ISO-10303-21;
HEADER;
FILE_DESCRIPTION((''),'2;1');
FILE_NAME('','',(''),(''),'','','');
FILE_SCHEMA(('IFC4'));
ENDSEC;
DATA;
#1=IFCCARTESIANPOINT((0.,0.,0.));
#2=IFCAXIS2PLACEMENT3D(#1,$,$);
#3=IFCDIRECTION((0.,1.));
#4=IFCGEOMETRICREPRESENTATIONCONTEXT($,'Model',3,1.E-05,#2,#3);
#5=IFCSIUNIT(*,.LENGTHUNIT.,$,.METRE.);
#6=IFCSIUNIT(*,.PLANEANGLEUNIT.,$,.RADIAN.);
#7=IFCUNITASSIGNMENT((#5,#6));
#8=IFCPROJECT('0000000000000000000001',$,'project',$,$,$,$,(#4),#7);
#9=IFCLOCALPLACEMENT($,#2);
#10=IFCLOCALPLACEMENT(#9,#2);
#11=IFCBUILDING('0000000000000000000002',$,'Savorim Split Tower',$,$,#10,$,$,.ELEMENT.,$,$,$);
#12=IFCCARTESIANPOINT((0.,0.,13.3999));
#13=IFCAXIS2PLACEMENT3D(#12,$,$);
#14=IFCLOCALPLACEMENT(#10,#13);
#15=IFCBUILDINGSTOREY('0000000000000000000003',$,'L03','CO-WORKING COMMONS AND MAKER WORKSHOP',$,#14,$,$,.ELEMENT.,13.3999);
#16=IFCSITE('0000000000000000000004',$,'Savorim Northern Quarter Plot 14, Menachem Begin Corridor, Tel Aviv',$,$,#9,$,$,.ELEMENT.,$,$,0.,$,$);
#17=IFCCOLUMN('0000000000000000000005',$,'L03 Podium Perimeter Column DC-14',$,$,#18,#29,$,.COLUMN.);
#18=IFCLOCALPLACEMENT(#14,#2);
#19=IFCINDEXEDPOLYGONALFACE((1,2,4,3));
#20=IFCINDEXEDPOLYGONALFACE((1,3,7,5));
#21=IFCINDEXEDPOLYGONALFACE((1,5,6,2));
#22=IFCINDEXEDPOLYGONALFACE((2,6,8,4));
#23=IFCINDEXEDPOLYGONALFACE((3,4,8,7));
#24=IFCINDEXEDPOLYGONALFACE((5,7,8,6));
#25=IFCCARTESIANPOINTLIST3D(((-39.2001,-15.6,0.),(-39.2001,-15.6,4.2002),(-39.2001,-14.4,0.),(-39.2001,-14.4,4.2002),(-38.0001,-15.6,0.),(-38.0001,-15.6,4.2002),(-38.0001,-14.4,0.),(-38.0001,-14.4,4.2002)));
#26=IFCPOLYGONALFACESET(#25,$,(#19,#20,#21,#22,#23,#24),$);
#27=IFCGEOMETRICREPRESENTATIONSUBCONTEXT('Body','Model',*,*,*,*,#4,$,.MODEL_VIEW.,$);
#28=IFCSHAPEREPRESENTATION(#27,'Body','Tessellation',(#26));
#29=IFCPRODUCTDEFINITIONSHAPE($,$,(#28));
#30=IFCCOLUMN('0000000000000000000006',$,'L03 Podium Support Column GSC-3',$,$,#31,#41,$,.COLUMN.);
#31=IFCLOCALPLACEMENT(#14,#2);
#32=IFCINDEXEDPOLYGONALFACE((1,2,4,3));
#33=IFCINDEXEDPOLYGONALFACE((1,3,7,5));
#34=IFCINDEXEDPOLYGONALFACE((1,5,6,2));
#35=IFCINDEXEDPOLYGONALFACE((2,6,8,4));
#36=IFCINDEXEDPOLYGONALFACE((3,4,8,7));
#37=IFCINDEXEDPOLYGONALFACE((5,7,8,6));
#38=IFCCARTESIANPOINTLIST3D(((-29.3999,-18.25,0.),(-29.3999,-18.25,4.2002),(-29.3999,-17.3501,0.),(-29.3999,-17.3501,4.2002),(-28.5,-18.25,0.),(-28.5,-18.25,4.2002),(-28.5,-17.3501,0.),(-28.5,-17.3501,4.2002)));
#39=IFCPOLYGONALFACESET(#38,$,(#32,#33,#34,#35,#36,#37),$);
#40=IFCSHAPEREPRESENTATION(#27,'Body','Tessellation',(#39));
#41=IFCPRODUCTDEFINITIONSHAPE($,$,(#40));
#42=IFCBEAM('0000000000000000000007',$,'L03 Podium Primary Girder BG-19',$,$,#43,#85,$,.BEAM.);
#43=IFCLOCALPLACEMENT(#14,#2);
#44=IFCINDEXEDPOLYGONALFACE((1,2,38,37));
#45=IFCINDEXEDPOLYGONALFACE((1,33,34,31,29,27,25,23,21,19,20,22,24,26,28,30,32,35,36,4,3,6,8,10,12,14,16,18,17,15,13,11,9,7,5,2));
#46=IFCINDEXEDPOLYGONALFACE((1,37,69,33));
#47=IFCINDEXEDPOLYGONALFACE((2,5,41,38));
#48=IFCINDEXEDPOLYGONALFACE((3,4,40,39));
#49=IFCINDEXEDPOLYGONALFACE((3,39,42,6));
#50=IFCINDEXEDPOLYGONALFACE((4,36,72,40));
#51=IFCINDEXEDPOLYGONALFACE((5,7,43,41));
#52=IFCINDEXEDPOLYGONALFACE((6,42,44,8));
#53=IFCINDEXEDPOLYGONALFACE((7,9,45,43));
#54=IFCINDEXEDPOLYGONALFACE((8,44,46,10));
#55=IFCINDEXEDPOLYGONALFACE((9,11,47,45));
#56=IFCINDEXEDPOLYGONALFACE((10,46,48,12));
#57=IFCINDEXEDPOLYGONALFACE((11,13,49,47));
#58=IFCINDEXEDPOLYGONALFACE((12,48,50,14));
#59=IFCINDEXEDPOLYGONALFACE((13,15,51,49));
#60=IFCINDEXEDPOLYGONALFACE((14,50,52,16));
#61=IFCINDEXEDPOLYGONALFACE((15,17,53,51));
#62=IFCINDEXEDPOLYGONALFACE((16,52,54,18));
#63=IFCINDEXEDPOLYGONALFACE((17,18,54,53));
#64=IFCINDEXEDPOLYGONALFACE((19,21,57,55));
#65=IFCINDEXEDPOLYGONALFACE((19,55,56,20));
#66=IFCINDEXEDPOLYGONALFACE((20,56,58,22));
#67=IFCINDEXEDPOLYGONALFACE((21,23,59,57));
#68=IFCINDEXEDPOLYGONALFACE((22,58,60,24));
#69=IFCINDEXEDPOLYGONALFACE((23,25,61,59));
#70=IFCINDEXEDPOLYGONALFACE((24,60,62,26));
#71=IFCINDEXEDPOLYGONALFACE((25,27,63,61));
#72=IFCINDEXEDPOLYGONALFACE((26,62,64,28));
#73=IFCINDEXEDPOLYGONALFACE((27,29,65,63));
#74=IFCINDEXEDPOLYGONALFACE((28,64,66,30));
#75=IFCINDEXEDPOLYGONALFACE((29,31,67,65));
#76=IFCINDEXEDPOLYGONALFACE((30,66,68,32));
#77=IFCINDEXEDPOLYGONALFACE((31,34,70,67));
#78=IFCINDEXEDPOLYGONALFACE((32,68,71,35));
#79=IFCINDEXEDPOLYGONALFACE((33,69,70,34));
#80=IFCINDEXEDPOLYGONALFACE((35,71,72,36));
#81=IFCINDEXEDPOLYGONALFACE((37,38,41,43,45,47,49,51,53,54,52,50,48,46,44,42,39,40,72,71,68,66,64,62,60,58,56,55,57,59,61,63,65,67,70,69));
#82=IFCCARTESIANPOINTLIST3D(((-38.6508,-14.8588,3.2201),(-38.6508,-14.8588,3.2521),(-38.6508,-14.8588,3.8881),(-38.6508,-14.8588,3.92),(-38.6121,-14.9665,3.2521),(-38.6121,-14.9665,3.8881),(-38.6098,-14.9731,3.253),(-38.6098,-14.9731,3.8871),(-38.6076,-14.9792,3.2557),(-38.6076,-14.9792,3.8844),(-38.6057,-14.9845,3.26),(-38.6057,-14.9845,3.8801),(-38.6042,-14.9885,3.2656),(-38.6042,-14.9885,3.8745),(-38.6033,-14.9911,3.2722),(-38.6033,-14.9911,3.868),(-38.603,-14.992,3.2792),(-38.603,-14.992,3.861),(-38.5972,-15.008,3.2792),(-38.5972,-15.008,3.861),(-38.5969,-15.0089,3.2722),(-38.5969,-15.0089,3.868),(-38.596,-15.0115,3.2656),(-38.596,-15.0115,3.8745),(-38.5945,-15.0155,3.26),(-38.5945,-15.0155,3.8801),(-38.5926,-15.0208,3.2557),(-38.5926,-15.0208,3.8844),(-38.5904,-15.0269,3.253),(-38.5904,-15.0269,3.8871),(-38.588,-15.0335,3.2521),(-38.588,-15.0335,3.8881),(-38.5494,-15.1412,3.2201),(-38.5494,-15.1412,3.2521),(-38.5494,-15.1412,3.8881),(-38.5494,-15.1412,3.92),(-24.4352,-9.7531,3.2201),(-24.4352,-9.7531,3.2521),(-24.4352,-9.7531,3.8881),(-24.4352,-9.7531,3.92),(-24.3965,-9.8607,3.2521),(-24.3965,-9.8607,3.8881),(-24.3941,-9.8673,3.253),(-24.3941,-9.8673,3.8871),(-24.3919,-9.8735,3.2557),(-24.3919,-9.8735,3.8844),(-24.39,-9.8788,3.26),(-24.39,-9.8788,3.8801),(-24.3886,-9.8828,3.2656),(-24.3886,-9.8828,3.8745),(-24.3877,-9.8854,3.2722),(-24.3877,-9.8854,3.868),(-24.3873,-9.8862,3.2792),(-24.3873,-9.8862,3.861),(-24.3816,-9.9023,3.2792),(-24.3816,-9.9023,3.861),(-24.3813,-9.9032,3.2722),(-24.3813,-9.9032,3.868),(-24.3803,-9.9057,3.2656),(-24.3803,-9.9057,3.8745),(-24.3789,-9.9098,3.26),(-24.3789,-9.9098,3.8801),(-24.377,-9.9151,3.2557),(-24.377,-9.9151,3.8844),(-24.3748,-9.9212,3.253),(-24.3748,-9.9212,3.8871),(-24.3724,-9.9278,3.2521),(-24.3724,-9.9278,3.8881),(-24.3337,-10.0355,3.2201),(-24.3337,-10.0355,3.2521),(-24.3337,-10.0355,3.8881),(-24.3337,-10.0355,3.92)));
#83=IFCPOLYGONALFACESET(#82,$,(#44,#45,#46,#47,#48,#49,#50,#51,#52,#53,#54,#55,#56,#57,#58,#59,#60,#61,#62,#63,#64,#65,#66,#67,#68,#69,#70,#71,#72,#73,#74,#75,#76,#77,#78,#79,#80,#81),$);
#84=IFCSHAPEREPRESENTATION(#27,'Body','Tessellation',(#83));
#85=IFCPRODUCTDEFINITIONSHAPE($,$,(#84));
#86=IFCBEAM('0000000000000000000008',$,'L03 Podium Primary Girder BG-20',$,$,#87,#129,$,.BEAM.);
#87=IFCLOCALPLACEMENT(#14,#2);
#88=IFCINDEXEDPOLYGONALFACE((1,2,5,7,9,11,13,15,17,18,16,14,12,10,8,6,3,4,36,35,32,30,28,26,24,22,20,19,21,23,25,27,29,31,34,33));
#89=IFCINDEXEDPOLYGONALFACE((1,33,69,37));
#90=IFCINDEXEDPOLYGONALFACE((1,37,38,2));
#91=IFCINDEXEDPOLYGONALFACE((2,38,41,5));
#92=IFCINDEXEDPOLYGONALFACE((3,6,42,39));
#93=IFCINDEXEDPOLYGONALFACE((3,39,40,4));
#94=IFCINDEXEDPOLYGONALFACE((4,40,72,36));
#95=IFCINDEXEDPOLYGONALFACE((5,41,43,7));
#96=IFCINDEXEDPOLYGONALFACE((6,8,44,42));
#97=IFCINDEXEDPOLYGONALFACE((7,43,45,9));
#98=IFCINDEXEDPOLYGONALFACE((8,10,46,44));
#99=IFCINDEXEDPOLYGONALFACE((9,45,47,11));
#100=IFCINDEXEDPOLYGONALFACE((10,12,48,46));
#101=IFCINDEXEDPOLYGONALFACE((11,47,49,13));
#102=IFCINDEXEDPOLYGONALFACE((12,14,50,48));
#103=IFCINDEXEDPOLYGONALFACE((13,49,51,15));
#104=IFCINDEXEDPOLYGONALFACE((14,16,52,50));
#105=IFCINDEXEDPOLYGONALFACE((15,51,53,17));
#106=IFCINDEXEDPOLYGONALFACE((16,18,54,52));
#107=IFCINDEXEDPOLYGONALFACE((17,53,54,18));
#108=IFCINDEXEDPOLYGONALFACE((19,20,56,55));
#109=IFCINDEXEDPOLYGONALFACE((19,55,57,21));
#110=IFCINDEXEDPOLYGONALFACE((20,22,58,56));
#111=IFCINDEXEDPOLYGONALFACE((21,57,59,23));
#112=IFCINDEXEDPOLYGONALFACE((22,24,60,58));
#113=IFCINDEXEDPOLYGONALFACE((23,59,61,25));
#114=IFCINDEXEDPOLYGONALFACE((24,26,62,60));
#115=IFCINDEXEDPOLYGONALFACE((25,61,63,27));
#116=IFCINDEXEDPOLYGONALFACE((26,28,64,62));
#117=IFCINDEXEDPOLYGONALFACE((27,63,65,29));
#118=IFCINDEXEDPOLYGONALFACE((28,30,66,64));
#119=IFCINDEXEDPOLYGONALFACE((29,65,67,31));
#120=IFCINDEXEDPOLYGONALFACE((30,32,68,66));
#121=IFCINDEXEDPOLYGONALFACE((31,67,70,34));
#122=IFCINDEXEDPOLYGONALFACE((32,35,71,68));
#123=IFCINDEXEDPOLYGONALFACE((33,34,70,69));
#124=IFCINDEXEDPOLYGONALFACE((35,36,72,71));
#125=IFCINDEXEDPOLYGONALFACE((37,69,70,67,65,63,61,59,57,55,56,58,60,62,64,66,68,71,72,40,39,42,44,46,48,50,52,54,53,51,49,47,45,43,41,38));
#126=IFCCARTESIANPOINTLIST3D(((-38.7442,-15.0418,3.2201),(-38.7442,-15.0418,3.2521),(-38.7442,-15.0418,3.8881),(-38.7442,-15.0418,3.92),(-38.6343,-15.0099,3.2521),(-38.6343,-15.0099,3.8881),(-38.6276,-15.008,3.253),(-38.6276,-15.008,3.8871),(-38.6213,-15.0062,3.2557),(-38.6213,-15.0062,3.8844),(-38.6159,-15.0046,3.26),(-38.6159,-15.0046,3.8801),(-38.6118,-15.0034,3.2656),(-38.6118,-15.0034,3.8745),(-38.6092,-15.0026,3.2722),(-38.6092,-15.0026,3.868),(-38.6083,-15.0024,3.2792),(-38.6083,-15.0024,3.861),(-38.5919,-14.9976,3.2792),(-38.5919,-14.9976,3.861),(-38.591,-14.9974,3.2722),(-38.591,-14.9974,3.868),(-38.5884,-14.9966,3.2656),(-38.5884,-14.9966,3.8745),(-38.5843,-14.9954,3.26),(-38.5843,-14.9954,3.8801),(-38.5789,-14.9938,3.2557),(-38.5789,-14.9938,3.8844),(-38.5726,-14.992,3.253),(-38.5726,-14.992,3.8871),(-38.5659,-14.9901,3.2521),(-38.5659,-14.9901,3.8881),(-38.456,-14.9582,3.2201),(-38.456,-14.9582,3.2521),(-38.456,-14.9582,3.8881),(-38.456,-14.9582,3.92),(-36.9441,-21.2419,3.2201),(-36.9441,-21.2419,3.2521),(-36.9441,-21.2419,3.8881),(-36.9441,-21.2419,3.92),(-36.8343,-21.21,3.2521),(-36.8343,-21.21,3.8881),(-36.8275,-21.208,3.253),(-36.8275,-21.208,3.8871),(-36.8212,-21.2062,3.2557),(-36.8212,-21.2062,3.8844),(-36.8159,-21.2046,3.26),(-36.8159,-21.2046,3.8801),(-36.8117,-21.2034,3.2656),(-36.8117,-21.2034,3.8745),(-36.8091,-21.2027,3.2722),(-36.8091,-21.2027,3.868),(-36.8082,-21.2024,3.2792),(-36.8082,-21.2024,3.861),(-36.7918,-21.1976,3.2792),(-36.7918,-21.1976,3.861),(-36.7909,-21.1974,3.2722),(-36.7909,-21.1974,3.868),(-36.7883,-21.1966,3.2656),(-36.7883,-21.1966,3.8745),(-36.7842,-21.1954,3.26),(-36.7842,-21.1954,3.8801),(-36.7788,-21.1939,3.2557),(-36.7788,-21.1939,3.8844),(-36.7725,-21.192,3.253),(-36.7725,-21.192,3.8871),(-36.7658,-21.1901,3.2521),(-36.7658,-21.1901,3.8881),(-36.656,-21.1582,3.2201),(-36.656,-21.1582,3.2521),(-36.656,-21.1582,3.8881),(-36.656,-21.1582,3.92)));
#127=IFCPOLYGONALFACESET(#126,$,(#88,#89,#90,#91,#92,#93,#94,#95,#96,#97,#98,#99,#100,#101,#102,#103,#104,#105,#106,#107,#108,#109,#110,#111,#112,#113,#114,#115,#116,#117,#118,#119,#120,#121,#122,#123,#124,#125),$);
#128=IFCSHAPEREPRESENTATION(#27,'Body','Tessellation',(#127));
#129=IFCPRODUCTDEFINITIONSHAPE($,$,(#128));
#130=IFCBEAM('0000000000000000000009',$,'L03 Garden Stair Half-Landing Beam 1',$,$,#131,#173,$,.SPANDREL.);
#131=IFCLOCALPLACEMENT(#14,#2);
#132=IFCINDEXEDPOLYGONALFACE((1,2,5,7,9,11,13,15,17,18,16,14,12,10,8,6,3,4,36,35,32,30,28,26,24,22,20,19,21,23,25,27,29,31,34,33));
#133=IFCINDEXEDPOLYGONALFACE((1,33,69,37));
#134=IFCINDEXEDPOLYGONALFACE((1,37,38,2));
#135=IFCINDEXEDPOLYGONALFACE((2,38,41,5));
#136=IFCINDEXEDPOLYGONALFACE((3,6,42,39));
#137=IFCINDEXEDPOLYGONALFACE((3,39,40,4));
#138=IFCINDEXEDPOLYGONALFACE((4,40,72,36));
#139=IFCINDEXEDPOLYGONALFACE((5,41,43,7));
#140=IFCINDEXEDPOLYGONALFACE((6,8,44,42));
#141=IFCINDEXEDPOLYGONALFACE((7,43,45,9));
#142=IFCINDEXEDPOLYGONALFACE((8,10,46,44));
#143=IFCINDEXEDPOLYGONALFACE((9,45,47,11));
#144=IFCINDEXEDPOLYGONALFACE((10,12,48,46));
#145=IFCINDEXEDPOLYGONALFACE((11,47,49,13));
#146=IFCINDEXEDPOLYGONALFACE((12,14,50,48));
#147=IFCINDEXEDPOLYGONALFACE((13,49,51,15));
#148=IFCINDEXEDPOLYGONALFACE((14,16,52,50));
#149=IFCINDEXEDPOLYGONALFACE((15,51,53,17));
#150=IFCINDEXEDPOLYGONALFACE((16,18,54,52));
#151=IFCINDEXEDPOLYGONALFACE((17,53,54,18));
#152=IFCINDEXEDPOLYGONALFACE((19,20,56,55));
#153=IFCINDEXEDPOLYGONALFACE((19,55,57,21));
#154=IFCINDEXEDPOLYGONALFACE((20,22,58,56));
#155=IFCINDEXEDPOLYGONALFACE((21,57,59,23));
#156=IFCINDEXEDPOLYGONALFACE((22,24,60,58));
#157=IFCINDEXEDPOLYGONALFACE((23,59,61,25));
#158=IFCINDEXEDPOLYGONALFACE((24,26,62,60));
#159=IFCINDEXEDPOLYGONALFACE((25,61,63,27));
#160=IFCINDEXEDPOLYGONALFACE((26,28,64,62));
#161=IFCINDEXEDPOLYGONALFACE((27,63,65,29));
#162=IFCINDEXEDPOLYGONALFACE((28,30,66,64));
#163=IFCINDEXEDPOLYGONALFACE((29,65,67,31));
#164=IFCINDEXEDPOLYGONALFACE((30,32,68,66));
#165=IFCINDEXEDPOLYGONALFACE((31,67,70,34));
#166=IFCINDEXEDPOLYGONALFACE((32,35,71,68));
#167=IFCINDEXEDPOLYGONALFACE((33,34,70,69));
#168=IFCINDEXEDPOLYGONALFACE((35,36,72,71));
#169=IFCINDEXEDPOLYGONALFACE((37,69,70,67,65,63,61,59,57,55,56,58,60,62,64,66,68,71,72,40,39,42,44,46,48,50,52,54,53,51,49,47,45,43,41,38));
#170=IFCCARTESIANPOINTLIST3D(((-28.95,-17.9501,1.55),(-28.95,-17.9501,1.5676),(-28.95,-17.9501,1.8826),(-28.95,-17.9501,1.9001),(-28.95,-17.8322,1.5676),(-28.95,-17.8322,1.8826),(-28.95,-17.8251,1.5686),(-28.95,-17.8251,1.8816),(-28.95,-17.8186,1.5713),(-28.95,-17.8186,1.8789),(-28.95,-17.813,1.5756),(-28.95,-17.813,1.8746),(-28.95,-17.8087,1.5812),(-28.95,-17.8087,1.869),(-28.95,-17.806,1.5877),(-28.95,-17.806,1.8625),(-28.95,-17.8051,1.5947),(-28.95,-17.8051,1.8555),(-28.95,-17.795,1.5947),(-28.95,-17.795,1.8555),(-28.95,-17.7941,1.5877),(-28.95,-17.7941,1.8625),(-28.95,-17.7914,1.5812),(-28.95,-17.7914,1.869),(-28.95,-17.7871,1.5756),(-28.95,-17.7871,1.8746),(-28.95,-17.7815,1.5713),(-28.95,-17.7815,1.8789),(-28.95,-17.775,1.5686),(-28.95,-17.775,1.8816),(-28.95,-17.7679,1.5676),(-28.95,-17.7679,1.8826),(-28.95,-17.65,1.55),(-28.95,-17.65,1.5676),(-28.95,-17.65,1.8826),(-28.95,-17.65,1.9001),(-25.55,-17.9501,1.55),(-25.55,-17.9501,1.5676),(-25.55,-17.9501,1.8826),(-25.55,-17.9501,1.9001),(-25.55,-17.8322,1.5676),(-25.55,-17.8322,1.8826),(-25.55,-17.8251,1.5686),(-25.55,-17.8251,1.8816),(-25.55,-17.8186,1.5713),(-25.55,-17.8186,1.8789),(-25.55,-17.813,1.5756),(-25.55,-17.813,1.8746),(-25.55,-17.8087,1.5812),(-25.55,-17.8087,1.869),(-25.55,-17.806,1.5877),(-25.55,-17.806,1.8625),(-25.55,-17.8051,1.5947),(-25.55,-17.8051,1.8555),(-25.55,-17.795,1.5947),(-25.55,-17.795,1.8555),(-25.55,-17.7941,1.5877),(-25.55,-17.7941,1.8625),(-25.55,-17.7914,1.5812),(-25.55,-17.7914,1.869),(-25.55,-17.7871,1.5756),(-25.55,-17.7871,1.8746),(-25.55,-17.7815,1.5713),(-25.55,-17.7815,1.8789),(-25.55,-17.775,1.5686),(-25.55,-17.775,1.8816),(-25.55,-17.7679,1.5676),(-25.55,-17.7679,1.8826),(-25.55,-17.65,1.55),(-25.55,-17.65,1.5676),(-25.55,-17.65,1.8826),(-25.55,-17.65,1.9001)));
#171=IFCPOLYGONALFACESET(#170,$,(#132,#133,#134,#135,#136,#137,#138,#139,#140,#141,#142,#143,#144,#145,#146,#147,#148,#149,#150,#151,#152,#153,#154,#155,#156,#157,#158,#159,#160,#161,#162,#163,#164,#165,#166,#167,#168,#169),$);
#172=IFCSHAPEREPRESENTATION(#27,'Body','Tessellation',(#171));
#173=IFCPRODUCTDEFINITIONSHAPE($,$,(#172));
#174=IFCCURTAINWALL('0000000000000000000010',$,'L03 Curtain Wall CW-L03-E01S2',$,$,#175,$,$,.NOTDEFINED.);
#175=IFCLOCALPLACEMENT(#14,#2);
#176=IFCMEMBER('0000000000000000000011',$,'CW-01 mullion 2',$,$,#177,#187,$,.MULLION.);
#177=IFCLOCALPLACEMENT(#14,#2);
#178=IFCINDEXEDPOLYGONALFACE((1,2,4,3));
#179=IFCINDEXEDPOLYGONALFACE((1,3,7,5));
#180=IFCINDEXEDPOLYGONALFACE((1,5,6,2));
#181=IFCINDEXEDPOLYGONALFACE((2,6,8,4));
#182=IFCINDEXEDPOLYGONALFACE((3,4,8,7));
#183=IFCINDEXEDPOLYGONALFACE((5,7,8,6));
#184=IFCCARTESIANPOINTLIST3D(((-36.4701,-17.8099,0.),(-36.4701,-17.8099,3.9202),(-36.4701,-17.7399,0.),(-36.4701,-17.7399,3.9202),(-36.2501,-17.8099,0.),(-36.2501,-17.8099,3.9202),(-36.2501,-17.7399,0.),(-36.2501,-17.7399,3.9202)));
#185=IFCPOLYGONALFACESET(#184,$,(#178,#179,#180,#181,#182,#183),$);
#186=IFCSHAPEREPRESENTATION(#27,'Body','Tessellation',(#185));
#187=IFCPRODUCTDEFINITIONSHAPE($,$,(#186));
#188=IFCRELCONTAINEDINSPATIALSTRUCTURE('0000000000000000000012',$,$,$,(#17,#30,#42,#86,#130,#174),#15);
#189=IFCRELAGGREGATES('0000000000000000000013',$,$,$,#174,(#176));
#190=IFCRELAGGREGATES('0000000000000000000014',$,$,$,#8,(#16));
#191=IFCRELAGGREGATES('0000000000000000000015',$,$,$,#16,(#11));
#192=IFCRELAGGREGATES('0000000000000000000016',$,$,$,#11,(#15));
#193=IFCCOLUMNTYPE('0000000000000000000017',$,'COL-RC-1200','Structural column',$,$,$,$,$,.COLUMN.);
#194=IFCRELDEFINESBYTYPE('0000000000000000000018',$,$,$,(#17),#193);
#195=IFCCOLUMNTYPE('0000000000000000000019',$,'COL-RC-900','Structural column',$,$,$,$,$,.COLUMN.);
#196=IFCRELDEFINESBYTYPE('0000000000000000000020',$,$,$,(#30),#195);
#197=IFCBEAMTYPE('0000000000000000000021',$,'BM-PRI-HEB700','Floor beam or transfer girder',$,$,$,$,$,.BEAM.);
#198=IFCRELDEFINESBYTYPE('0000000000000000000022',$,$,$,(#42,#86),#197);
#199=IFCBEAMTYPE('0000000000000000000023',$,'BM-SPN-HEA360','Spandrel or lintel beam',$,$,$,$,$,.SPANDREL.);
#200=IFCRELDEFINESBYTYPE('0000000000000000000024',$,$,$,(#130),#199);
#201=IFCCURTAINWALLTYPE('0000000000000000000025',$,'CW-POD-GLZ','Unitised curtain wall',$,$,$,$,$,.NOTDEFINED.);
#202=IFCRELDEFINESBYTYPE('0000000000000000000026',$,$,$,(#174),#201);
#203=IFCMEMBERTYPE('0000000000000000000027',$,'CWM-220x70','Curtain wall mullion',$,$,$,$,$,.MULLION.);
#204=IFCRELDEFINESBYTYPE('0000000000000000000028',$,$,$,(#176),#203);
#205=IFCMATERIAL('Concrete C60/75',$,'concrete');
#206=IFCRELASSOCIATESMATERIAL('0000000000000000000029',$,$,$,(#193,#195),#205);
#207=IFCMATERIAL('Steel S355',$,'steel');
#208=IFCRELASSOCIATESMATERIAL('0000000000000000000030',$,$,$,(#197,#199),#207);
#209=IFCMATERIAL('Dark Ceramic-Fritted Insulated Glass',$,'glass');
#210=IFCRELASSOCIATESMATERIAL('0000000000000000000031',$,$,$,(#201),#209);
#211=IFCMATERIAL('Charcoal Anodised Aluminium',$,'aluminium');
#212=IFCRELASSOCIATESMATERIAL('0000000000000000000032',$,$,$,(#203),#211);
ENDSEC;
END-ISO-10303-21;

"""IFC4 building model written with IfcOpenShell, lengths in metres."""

from ifc_helpers import new_model, si_unit, direction, frame, origin, origin_2d, place, context, subcontext, project, spatial, rectangle, i_section, extrude, material, material_profile, profile_set, type_object, element, aggregate, save


model = new_model("IFC4")

# Units and contexts
model_context = context("Model", 3, precision=1e-05, world=origin(), true_north=direction((0.0, 1.0)))
body_context = subcontext(model_context, "Body", "Model", "MODEL_VIEW")
ifc_project = project(units=[si_unit("LENGTHUNIT", "METRE"), si_unit("PLANEANGLEUNIT", "RADIAN")], contexts=[model_context])

# Site, building, storey
site_placement = place(None, origin())
site = spatial("IfcSite", under=ifc_project, at=site_placement, Name="Savorim Northern Quarter Plot 14, Menachem Begin Corridor, Tel Aviv", CompositionType="ELEMENT", RefElevation=0.0)
building_placement = place(site_placement, origin())
building = spatial("IfcBuilding", under=site, at=building_placement, Name="Savorim Split Tower", CompositionType="ELEMENT")
storey_placement = place(building_placement, frame((0.0, 0.0, 13.3999)))
storey = spatial("IfcBuildingStorey", under=building, at=storey_placement, Name="L03", Description="CO-WORKING COMMONS AND MAKER WORKSHOP", CompositionType="ELEMENT", Elevation=13.3999)

# Columns
ifc_material_1 = material(Name="Concrete C60/75", Category="concrete")
ifc_material_profile_1 = material_profile(ifc_material_1, rectangle(XDim=1.2, YDim=1.2, at=origin_2d()), Name="RC 1200x1200")
ifc_profile_set_1 = profile_set([ifc_material_profile_1], Name="Concrete C60/75")
column_type_1 = type_object("IfcColumnType", Name="COL-RC-1200", Description="Structural column", PredefinedType="COLUMN", material=ifc_profile_set_1)
column_1_placement = place(storey_placement, frame((-38.6001, -15.0, 0.0), z_axis=(0.0, 0.0, 1.0), x_axis=(1.0, 0.0, 0.0)))
element("IfcColumn", 1, at=column_1_placement, inside=storey, type_object=column_type_1, Name="L03 Podium Perimeter Column DC-14", PredefinedType="COLUMN", context=body_context, shape_type="SweptSolid", body=[
    extrude(rectangle(XDim=1.2, YDim=1.2, at=origin_2d()), origin(), (0.0, 0.0, 1.0), 4.2002),
])
ifc_material_profile_2 = material_profile(ifc_material_1, rectangle(XDim=0.8999, YDim=0.8999, at=origin_2d()), Name="RC 900x900")
ifc_profile_set_2 = profile_set([ifc_material_profile_2], Name="Concrete C60/75")
column_type_2 = type_object("IfcColumnType", Name="COL-RC-900", Description="Structural column", PredefinedType="COLUMN", material=ifc_profile_set_2)
column_2_placement = place(storey_placement, frame((-28.95, -17.8, 0.0), z_axis=(0.0, 0.0, 1.0), x_axis=(1.0, 0.0, 0.0)))
element("IfcColumn", 2, at=column_2_placement, inside=storey, type_object=column_type_2, Name="L03 Podium Support Column GSC-3", PredefinedType="COLUMN", context=body_context, shape_type="SweptSolid", body=[
    extrude(rectangle(XDim=0.8999, YDim=0.8999, at=origin_2d()), origin(), (0.0, 0.0, 1.0), 4.2002),
])

# Beams
ifc_material_2 = material(Name="Steel S355", Category="steel")
ifc_material_profile_3 = material_profile(ifc_material_2, i_section(OverallWidth=0.3, OverallDepth=0.7, WebThickness=0.0171, FlangeThickness=0.032, FilletRadius=0.0271, at=origin_2d()), Name="HEB 700")
ifc_profile_set_3 = profile_set([ifc_material_profile_3], Name="Steel S355")
beam_type_1 = type_object("IfcBeamType", Name="BM-PRI-HEB700", Description="Floor beam or transfer girder", PredefinedType="BEAM", material=ifc_profile_set_3)
beam_1_placement = place(storey_placement, frame((-38.6001, -15.0, 3.5701), z_axis=(0.941138, 0.338022, 0.0), x_axis=(-0.338022, 0.941138, 0.0)))
element("IfcBeam", 3, at=beam_1_placement, inside=storey, type_object=beam_type_1, Name="L03 Podium Primary Girder BG-19", PredefinedType="BEAM", context=body_context, shape_type="SweptSolid", body=[
    extrude(i_section(OverallWidth=0.3, OverallDepth=0.7, WebThickness=0.0171, FlangeThickness=0.032, FilletRadius=0.0271, at=origin_2d()), origin(), (0.0, 0.0, 1.0), 15.1047),
])
beam_2_placement = place(storey_placement, frame((-38.6001, -15.0, 3.5701), z_axis=(0.278819, -0.960344, 0.0), x_axis=(0.960344, 0.278819, 0.0)))
element("IfcBeam", 4, at=beam_2_placement, inside=storey, type_object=beam_type_1, Name="L03 Podium Primary Girder BG-20", PredefinedType="BEAM", context=body_context, shape_type="SweptSolid", body=[
    extrude(i_section(OverallWidth=0.3, OverallDepth=0.7, WebThickness=0.0171, FlangeThickness=0.032, FilletRadius=0.0271, at=origin_2d()), origin(), (0.0, 0.0, 1.0), 6.4561),
])
ifc_material_profile_4 = material_profile(ifc_material_2, i_section(OverallWidth=0.3, OverallDepth=0.3501, WebThickness=0.01, FlangeThickness=0.0176, FilletRadius=0.0271, at=origin_2d()), Name="HEA 360")
ifc_profile_set_4 = profile_set([ifc_material_profile_4], Name="Steel S355")
beam_type_2 = type_object("IfcBeamType", Name="BM-SPN-HEA360", Description="Spandrel or lintel beam", PredefinedType="SPANDREL", material=ifc_profile_set_4)
beam_3_placement = place(storey_placement, frame((-28.95, -17.8, 1.7251), z_axis=(1.0, 0.0, 0.0), x_axis=(0.0, 1.0, 0.0)))
element("IfcBeam", 5, at=beam_3_placement, inside=storey, type_object=beam_type_2, Name="L03 Garden Stair Half-Landing Beam 1", PredefinedType="SPANDREL", context=body_context, shape_type="SweptSolid", body=[
    extrude(i_section(OverallWidth=0.3, OverallDepth=0.3501, WebThickness=0.01, FlangeThickness=0.0176, FilletRadius=0.0271, at=origin_2d()), origin(), (0.0, 0.0, 1.0), 3.3999),
])

# Curtain wall, member
ifc_material_3 = material(Name="Dark Ceramic-Fritted Insulated Glass", Category="glass")
curtain_wall_type = type_object("IfcCurtainWallType", Name="CW-POD-GLZ", Description="Unitised curtain wall", PredefinedType="NOTDEFINED", material=ifc_material_3)
curtain_wall_1_placement = place(storey_placement, origin())
curtain_wall_1 = element("IfcCurtainWall", 6, at=curtain_wall_1_placement, inside=storey, type_object=curtain_wall_type, Name="L03 Curtain Wall CW-L03-E01S2", PredefinedType="NOTDEFINED")
ifc_material_4 = material(Name="Charcoal Anodised Aluminium", Category="aluminium")
ifc_material_profile_5 = material_profile(ifc_material_4, rectangle(XDim=0.22, YDim=0.0701, at=origin_2d()), Name="ALU-M 220x70")
ifc_profile_set_5 = profile_set([ifc_material_profile_5], Name="Charcoal Anodised Aluminium")
member_type_1 = type_object("IfcMemberType", Name="CWM-220x70", Description="Curtain wall mullion", PredefinedType="MULLION", material=ifc_profile_set_5)
member_1_placement = place(storey_placement, frame((-36.3601, -17.7749, 0.0), z_axis=(0.0, 0.0, 1.0), x_axis=(-1.0, 0.0, 0.0)))
member_1 = element("IfcMember", 7, at=member_1_placement, type_object=member_type_1, Name="CW-01 mullion 2", PredefinedType="MULLION", context=body_context, shape_type="SweptSolid", body=[
    extrude(rectangle(XDim=0.22, YDim=0.0701, at=origin_2d()), origin(), (0.0, 0.0, 1.0), 3.9202),
])

aggregate(curtain_wall_1, [member_1])

save(model, "model.ifc")
